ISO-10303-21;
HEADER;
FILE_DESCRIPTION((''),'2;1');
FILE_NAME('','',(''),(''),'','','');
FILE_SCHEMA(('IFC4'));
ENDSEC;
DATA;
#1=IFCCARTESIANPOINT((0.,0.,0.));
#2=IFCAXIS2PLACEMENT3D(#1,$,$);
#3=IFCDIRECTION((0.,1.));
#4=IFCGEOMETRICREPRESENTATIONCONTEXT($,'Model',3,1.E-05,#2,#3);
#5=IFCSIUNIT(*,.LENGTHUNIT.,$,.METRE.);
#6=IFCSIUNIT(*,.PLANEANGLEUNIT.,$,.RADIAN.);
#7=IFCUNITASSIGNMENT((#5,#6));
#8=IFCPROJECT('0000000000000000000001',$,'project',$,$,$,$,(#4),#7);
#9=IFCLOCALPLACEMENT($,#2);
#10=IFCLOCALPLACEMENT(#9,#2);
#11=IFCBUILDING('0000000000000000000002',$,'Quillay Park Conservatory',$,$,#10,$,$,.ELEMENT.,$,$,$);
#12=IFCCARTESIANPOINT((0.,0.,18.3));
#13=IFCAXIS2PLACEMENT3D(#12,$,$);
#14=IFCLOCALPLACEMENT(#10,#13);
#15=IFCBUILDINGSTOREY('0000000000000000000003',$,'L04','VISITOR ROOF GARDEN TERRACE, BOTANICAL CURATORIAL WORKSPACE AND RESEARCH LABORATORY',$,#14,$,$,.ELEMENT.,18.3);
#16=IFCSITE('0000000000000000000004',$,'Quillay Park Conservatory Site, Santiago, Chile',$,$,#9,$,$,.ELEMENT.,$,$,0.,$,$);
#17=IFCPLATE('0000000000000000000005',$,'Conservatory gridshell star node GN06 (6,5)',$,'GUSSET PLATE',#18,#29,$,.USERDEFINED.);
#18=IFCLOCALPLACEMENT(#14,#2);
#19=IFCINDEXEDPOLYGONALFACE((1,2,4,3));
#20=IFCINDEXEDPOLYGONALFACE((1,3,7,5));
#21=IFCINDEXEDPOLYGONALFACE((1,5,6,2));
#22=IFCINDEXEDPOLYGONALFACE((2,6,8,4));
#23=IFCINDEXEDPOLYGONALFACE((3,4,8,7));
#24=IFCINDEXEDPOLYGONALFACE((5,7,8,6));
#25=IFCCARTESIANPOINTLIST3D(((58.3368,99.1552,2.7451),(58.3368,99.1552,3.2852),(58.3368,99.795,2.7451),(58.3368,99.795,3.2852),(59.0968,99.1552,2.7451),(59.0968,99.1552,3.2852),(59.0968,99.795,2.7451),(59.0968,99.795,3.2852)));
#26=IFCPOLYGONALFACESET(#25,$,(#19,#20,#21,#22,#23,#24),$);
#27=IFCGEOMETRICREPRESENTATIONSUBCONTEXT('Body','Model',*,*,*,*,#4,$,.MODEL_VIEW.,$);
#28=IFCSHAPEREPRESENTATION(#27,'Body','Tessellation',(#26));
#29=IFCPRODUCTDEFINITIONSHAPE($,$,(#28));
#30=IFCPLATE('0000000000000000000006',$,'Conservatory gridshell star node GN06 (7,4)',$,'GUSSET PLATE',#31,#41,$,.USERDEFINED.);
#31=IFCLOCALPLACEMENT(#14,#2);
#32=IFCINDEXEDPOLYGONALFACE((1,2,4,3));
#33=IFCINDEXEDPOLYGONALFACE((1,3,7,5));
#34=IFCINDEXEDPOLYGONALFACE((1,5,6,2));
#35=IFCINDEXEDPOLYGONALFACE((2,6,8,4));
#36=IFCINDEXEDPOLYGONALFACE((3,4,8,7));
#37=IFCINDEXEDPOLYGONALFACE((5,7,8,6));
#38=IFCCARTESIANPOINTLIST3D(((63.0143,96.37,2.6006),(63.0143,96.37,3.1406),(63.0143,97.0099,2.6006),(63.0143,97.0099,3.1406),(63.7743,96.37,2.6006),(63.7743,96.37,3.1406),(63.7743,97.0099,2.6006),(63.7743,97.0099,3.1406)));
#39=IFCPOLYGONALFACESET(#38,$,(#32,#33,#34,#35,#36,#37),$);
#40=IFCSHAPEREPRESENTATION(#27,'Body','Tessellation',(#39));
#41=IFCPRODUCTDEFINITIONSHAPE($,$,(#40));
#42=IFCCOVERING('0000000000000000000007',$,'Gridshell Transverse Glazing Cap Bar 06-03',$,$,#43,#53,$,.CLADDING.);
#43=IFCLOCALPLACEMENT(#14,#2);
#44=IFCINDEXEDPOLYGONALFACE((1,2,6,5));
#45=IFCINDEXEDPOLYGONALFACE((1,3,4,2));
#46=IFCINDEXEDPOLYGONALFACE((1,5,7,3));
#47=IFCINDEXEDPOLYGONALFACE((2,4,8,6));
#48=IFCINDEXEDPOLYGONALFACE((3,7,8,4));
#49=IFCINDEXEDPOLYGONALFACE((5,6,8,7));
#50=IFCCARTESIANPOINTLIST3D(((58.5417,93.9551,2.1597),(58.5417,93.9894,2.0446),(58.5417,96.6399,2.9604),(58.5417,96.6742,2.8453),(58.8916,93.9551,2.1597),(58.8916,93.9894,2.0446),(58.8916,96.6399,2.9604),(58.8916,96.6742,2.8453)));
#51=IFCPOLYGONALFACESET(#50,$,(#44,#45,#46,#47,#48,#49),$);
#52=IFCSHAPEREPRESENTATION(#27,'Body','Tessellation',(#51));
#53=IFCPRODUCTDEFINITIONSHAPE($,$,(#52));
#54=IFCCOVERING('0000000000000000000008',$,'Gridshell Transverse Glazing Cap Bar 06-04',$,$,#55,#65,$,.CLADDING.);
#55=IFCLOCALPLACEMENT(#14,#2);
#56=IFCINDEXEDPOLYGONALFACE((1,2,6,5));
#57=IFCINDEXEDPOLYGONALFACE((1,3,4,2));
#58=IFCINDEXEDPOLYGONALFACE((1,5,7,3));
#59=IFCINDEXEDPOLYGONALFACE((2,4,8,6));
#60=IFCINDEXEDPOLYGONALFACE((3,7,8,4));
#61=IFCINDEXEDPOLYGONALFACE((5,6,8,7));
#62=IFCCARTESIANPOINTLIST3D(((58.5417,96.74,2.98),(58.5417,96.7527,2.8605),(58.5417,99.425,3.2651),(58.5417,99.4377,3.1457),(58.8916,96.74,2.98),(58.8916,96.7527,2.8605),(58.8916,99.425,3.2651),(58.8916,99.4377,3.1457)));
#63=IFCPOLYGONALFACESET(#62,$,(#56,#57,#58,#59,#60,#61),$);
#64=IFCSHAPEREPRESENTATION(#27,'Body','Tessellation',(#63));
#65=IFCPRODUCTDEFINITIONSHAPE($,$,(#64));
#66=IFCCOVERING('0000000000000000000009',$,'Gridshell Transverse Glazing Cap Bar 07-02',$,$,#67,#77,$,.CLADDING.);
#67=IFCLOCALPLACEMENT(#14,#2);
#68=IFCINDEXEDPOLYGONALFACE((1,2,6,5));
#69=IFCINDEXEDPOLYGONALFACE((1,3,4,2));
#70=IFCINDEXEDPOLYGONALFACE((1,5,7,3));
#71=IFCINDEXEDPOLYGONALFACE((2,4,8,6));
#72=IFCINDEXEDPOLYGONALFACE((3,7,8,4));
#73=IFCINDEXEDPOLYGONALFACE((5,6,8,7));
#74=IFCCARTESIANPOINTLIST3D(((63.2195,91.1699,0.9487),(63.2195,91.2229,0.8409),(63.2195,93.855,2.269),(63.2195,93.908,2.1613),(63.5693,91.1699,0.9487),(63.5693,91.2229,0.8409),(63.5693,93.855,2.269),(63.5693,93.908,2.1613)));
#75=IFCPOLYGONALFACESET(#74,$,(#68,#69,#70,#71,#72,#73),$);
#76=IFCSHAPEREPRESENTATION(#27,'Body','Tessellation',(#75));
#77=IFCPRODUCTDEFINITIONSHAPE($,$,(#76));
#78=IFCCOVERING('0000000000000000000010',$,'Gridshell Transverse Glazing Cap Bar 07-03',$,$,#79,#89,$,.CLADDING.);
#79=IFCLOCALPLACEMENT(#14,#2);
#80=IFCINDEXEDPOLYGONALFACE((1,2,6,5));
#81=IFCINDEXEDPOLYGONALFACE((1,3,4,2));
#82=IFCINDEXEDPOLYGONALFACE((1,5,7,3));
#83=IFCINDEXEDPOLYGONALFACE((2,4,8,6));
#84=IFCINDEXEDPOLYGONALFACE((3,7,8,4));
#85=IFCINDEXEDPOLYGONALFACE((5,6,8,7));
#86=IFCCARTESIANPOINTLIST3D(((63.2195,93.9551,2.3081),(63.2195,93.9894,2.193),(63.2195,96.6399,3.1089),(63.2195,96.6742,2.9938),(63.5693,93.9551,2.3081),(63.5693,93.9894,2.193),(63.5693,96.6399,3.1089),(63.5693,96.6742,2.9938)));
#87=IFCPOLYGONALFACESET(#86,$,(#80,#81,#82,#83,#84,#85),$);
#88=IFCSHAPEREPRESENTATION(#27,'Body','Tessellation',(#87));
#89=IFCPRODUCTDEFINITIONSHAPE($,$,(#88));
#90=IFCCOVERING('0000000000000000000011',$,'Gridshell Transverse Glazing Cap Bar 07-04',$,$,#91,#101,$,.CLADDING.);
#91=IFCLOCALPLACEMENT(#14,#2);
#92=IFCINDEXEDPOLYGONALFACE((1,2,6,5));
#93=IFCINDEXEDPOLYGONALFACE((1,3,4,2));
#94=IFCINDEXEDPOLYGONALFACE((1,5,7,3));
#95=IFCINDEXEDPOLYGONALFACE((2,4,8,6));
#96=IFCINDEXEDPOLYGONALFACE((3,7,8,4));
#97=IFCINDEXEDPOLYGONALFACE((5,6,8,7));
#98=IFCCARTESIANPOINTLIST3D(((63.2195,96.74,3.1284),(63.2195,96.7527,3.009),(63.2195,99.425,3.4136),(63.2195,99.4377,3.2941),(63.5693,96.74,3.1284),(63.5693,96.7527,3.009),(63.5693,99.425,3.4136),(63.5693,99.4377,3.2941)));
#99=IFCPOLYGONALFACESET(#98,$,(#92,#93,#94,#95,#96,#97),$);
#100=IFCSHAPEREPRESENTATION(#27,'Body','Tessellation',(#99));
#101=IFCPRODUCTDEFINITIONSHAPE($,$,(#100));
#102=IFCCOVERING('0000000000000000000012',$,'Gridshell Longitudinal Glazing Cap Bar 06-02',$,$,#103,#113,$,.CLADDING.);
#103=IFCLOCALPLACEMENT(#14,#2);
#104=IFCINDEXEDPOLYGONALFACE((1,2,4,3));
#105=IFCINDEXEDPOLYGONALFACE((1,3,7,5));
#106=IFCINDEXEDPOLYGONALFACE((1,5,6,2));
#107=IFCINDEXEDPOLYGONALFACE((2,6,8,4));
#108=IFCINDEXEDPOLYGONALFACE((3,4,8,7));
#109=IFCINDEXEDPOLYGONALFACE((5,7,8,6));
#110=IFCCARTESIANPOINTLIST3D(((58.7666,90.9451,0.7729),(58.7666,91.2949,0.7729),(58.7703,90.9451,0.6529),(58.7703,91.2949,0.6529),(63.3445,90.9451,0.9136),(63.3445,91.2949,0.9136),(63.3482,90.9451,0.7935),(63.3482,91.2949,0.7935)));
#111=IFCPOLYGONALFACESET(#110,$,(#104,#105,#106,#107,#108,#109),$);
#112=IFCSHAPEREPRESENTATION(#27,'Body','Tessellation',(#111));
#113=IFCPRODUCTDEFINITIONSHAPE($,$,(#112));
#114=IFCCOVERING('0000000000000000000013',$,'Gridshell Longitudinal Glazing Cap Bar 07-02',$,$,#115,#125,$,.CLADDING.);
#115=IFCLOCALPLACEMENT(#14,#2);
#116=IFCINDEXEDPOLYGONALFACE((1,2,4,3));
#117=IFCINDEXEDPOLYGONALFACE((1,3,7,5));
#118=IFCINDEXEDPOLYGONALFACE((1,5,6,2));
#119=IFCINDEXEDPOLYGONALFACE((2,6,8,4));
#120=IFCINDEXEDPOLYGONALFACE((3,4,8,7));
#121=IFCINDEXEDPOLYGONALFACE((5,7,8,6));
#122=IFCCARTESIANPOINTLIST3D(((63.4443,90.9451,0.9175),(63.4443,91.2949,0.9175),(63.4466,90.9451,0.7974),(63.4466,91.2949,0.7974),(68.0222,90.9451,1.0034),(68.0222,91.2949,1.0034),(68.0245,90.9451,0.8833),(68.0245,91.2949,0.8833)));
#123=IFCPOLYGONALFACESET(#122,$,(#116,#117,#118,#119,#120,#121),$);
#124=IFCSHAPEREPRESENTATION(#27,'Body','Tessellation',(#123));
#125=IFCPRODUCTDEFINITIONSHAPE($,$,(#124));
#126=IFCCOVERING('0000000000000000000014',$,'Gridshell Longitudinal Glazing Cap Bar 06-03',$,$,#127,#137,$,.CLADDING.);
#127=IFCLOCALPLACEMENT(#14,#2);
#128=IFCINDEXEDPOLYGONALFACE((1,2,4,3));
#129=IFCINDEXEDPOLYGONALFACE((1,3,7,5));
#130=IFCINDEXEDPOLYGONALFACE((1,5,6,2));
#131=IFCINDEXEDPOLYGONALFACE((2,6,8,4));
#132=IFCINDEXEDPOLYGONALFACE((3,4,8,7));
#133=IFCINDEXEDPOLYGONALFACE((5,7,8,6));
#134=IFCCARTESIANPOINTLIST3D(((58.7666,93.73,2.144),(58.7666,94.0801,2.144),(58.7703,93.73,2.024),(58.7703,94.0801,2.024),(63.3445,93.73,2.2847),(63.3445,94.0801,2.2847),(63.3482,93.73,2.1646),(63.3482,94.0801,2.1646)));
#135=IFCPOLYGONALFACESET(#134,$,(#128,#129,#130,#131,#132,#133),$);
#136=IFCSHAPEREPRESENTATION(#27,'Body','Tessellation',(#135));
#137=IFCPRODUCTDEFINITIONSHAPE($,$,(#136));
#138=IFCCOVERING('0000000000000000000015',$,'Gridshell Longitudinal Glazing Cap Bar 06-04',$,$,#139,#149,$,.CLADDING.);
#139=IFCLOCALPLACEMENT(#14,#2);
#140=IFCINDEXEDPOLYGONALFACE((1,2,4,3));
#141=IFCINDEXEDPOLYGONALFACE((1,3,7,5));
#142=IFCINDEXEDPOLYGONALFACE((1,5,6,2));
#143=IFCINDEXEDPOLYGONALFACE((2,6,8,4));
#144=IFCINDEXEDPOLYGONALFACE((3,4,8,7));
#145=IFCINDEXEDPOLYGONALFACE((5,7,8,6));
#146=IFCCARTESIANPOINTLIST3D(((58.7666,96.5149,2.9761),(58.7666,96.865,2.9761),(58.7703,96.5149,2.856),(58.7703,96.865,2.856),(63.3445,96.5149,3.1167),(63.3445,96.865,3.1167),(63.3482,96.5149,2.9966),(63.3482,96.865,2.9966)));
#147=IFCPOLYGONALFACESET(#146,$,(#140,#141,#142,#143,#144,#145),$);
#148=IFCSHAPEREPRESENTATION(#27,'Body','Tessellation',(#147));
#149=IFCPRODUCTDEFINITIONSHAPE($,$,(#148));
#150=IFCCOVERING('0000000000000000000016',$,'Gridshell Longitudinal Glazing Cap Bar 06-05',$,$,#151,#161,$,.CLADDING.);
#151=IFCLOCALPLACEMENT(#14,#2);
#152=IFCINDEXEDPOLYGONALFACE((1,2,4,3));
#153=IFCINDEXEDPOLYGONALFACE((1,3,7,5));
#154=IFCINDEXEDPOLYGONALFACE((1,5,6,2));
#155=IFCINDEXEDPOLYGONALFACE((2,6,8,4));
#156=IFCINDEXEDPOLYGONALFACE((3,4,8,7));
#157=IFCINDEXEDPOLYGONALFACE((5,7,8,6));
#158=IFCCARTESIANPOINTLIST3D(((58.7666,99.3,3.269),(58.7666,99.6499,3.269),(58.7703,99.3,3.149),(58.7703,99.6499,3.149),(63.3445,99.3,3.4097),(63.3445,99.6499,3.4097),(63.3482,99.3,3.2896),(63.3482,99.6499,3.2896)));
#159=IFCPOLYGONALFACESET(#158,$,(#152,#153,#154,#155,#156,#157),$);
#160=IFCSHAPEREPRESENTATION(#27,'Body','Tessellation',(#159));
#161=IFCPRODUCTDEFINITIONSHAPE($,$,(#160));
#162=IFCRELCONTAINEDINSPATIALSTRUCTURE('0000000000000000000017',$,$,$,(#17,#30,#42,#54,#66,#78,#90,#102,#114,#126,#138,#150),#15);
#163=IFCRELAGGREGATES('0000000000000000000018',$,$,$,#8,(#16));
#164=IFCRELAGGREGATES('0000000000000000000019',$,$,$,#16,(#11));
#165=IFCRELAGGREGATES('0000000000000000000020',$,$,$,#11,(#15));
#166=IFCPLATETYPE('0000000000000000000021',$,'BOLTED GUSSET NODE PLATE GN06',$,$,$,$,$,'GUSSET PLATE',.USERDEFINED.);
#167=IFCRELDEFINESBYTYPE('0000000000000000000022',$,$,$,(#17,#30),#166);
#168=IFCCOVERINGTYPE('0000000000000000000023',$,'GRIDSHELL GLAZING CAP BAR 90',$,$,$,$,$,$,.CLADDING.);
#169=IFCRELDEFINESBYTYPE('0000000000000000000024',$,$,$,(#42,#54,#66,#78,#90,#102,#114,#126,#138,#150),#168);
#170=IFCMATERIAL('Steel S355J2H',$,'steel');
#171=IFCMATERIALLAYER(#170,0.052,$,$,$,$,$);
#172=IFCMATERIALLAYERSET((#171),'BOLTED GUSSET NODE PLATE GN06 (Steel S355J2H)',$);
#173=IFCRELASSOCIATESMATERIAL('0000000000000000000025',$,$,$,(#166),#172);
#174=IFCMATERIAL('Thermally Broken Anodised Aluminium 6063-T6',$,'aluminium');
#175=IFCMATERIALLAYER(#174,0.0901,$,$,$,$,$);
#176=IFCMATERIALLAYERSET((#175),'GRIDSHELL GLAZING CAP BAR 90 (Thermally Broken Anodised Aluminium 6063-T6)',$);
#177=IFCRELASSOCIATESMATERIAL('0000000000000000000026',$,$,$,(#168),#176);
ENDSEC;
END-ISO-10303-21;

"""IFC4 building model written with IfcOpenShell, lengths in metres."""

from ifc_helpers import new_model, si_unit, direction, frame, origin, origin_2d, place, context, subcontext, project, spatial, polyline, rectangle, outline, extrude, material, layer, layer_set, type_object, element, save


model = new_model("IFC4")

# Units and contexts
model_context = context("Model", 3, precision=1e-05, world=origin(), true_north=direction((0.0, 1.0)))
body_context = subcontext(model_context, "Body", "Model", "MODEL_VIEW")
ifc_project = project(units=[si_unit("LENGTHUNIT", "METRE"), si_unit("PLANEANGLEUNIT", "RADIAN")], contexts=[model_context])

# Site, building, storey
site_placement = place(None, origin())
site = spatial("IfcSite", under=ifc_project, at=site_placement, Name="Quillay Park Conservatory Site, Santiago, Chile", CompositionType="ELEMENT", RefElevation=0.0)
building_placement = place(site_placement, origin())
building = spatial("IfcBuilding", under=site, at=building_placement, Name="Quillay Park Conservatory", CompositionType="ELEMENT")
storey_placement = place(building_placement, frame((0.0, 0.0, 18.3)))
storey = spatial("IfcBuildingStorey", under=building, at=storey_placement, Name="L04", Description="VISITOR ROOF GARDEN TERRACE, BOTANICAL CURATORIAL WORKSPACE AND RESEARCH LABORATORY", CompositionType="ELEMENT", Elevation=18.3)

# Plates
ifc_material_1 = material(Name="Steel S355J2H", Category="steel")
ifc_layer_1 = layer(ifc_material_1, 0.052)
ifc_layer_set_1 = layer_set([ifc_layer_1], Name="BOLTED GUSSET NODE PLATE GN06 (Steel S355J2H)")
plate_type_1 = type_object("IfcPlateType", Name="BOLTED GUSSET NODE PLATE GN06", ElementType="GUSSET PLATE", PredefinedType="USERDEFINED", material=ifc_layer_set_1)
for number, where, z_axis, x_axis, name in (
    (1, (58.7168, 99.4751, 2.7451), (0.0, 0.0, 1.0), (1.0, 0.0, 0.0), "Conservatory gridshell star node GN06 (6,5)"),
    (2, (63.3943, 96.6899, 2.6006), (0.0, 0.0, 1.0), (1.0, 0.0, 0.0), "Conservatory gridshell star node GN06 (7,4)"),
):
    element("IfcPlate", number, at=place(storey_placement, frame(where, z_axis=z_axis, x_axis=x_axis)), inside=storey, type_object=plate_type_1, Name=name, ObjectType="GUSSET PLATE", PredefinedType="USERDEFINED", context=body_context, shape_type="SweptSolid", body=[
        extrude(rectangle(XDim=0.76, YDim=0.6399, at=origin_2d()), origin(), (0.0, 0.0, 1.0), 0.54),
    ])

# Coverings
ifc_material_2 = material(Name="Thermally Broken Anodised Aluminium 6063-T6", Category="aluminium")
ifc_layer_2 = layer(ifc_material_2, 0.0901)
ifc_layer_set_2 = layer_set([ifc_layer_2], Name="GRIDSHELL GLAZING CAP BAR 90 (Thermally Broken Anodised Aluminium 6063-T6)")
covering_type = type_object("IfcCoveringType", Name="GRIDSHELL GLAZING CAP BAR 90", PredefinedType="CLADDING", material=ifc_layer_set_2)
covering_1_placement = place(storey_placement, frame((58.5417, 93.9551, 2.1597), z_axis=(0.0, -0.285821, 0.958283), x_axis=(1.0, 0.0, 0.0)))
element("IfcCovering", 3, at=covering_1_placement, inside=storey, type_object=covering_type, Name="Gridshell Transverse Glazing Cap Bar 06-03", PredefinedType="CLADDING", context=body_context, shape_type="SweptSolid", body=[
    extrude(outline(polyline([(0.0, 0.0), (0.3499, 0.0), (0.3499, 2.8017), (0.0, 2.8017), (0.0, 0.0)])), origin(), (0.0, 0.0, -1.0), 0.1201),
])
covering_2_placement = place(storey_placement, frame((58.5417, 96.74, 2.98), z_axis=(0.0, -0.105607, 0.994408), x_axis=(1.0, 0.0, 0.0)))
element("IfcCovering", 4, at=covering_2_placement, inside=storey, type_object=covering_type, Name="Gridshell Transverse Glazing Cap Bar 06-04", PredefinedType="CLADDING", context=body_context, shape_type="SweptSolid", body=[
    extrude(outline(polyline([(0.0, 0.0), (0.3499, 0.0), (0.3499, 2.7002), (0.0, 2.7002), (0.0, 0.0)])), origin(), (0.0, 0.0, -1.0), 0.1201),
])
covering_3_placement = place(storey_placement, frame((63.2195, 91.1699, 0.9487), z_axis=(0.0, -0.441264, 0.897378), x_axis=(1.0, 0.0, 0.0)))
element("IfcCovering", 5, at=covering_3_placement, inside=storey, type_object=covering_type, Name="Gridshell Transverse Glazing Cap Bar 07-02", PredefinedType="CLADDING", context=body_context, shape_type="SweptSolid", body=[
    extrude(outline(polyline([(0.0, 0.0), (0.3499, 0.0), (0.3499, 2.9921), (0.0, 2.9921), (0.0, 0.0)])), origin(), (0.0, 0.0, -1.0), 0.1201),
])
covering_4_placement = place(storey_placement, frame((63.2195, 93.9551, 2.3081), z_axis=(0.0, -0.285821, 0.958283), x_axis=(1.0, 0.0, 0.0)))
element("IfcCovering", 6, at=covering_4_placement, inside=storey, type_object=covering_type, Name="Gridshell Transverse Glazing Cap Bar 07-03", PredefinedType="CLADDING", context=body_context, shape_type="SweptSolid", body=[
    extrude(outline(polyline([(0.0, 0.0), (0.3499, 0.0), (0.3499, 2.8017), (0.0, 2.8017), (0.0, 0.0)])), origin(), (0.0, 0.0, -1.0), 0.1201),
])
covering_5_placement = place(storey_placement, frame((63.2195, 96.74, 3.1284), z_axis=(0.0, -0.105607, 0.994408), x_axis=(1.0, 0.0, 0.0)))
element("IfcCovering", 7, at=covering_5_placement, inside=storey, type_object=covering_type, Name="Gridshell Transverse Glazing Cap Bar 07-04", PredefinedType="CLADDING", context=body_context, shape_type="SweptSolid", body=[
    extrude(outline(polyline([(0.0, 0.0), (0.3499, 0.0), (0.3499, 2.7002), (0.0, 2.7002), (0.0, 0.0)])), origin(), (0.0, 0.0, -1.0), 0.1201),
])
covering_6_placement = place(storey_placement, frame((58.7666, 90.9451, 0.7729), z_axis=(-0.030704, 0.0, 0.999529), x_axis=(0.999529, 0.0, 0.030704)))
element("IfcCovering", 8, at=covering_6_placement, inside=storey, type_object=covering_type, Name="Gridshell Longitudinal Glazing Cap Bar 06-02", PredefinedType="CLADDING", context=body_context, shape_type="SweptSolid", body=[
    extrude(outline(polyline([(0.0, 0.0), (4.58, 0.0), (4.58, 0.3499), (0.0, 0.3499), (0.0, 0.0)])), origin(), (0.0, 0.0, -1.0), 0.1201),
])
covering_7_placement = place(storey_placement, frame((63.4443, 90.9451, 0.9175), z_axis=(-0.018769, 0.0, 0.999824), x_axis=(0.999824, 0.0, 0.018769)))
element("IfcCovering", 9, at=covering_7_placement, inside=storey, type_object=covering_type, Name="Gridshell Longitudinal Glazing Cap Bar 07-02", PredefinedType="CLADDING", context=body_context, shape_type="SweptSolid", body=[
    extrude(outline(polyline([(0.0, 0.0), (4.5787, 0.0), (4.5787, 0.3499), (0.0, 0.3499), (0.0, 0.0)])), origin(), (0.0, 0.0, -1.0), 0.1201),
])
for number, where, z_axis, x_axis, name in (
    (10, (58.7666, 93.73, 2.144), (-0.030704, 0.0, 0.999529), (0.999529, 0.0, 0.030704), "Gridshell Longitudinal Glazing Cap Bar 06-03"),
    (11, (58.7666, 96.5149, 2.9761), (-0.030704, 0.0, 0.999529), (0.999529, 0.0, 0.030704), "Gridshell Longitudinal Glazing Cap Bar 06-04"),
):
    element("IfcCovering", number, at=place(storey_placement, frame(where, z_axis=z_axis, x_axis=x_axis)), inside=storey, type_object=covering_type, Name=name, PredefinedType="CLADDING", context=body_context, shape_type="SweptSolid", body=[
        extrude(outline(polyline([(0.0, 0.0), (4.58, 0.0), (4.58, 0.3501), (0.0, 0.3501), (0.0, 0.0)])), origin(), (0.0, 0.0, -1.0), 0.1201),
    ])
covering_8_placement = place(storey_placement, frame((58.7666, 99.3, 3.269), z_axis=(-0.030704, 0.0, 0.999529), x_axis=(0.999529, 0.0, 0.030704)))
element("IfcCovering", 12, at=covering_8_placement, inside=storey, type_object=covering_type, Name="Gridshell Longitudinal Glazing Cap Bar 06-05", PredefinedType="CLADDING", context=body_context, shape_type="SweptSolid", body=[
    extrude(outline(polyline([(0.0, 0.0), (4.58, 0.0), (4.58, 0.3499), (0.0, 0.3499), (0.0, 0.0)])), origin(), (0.0, 0.0, -1.0), 0.1201),
])

save(model, "model.ifc")
